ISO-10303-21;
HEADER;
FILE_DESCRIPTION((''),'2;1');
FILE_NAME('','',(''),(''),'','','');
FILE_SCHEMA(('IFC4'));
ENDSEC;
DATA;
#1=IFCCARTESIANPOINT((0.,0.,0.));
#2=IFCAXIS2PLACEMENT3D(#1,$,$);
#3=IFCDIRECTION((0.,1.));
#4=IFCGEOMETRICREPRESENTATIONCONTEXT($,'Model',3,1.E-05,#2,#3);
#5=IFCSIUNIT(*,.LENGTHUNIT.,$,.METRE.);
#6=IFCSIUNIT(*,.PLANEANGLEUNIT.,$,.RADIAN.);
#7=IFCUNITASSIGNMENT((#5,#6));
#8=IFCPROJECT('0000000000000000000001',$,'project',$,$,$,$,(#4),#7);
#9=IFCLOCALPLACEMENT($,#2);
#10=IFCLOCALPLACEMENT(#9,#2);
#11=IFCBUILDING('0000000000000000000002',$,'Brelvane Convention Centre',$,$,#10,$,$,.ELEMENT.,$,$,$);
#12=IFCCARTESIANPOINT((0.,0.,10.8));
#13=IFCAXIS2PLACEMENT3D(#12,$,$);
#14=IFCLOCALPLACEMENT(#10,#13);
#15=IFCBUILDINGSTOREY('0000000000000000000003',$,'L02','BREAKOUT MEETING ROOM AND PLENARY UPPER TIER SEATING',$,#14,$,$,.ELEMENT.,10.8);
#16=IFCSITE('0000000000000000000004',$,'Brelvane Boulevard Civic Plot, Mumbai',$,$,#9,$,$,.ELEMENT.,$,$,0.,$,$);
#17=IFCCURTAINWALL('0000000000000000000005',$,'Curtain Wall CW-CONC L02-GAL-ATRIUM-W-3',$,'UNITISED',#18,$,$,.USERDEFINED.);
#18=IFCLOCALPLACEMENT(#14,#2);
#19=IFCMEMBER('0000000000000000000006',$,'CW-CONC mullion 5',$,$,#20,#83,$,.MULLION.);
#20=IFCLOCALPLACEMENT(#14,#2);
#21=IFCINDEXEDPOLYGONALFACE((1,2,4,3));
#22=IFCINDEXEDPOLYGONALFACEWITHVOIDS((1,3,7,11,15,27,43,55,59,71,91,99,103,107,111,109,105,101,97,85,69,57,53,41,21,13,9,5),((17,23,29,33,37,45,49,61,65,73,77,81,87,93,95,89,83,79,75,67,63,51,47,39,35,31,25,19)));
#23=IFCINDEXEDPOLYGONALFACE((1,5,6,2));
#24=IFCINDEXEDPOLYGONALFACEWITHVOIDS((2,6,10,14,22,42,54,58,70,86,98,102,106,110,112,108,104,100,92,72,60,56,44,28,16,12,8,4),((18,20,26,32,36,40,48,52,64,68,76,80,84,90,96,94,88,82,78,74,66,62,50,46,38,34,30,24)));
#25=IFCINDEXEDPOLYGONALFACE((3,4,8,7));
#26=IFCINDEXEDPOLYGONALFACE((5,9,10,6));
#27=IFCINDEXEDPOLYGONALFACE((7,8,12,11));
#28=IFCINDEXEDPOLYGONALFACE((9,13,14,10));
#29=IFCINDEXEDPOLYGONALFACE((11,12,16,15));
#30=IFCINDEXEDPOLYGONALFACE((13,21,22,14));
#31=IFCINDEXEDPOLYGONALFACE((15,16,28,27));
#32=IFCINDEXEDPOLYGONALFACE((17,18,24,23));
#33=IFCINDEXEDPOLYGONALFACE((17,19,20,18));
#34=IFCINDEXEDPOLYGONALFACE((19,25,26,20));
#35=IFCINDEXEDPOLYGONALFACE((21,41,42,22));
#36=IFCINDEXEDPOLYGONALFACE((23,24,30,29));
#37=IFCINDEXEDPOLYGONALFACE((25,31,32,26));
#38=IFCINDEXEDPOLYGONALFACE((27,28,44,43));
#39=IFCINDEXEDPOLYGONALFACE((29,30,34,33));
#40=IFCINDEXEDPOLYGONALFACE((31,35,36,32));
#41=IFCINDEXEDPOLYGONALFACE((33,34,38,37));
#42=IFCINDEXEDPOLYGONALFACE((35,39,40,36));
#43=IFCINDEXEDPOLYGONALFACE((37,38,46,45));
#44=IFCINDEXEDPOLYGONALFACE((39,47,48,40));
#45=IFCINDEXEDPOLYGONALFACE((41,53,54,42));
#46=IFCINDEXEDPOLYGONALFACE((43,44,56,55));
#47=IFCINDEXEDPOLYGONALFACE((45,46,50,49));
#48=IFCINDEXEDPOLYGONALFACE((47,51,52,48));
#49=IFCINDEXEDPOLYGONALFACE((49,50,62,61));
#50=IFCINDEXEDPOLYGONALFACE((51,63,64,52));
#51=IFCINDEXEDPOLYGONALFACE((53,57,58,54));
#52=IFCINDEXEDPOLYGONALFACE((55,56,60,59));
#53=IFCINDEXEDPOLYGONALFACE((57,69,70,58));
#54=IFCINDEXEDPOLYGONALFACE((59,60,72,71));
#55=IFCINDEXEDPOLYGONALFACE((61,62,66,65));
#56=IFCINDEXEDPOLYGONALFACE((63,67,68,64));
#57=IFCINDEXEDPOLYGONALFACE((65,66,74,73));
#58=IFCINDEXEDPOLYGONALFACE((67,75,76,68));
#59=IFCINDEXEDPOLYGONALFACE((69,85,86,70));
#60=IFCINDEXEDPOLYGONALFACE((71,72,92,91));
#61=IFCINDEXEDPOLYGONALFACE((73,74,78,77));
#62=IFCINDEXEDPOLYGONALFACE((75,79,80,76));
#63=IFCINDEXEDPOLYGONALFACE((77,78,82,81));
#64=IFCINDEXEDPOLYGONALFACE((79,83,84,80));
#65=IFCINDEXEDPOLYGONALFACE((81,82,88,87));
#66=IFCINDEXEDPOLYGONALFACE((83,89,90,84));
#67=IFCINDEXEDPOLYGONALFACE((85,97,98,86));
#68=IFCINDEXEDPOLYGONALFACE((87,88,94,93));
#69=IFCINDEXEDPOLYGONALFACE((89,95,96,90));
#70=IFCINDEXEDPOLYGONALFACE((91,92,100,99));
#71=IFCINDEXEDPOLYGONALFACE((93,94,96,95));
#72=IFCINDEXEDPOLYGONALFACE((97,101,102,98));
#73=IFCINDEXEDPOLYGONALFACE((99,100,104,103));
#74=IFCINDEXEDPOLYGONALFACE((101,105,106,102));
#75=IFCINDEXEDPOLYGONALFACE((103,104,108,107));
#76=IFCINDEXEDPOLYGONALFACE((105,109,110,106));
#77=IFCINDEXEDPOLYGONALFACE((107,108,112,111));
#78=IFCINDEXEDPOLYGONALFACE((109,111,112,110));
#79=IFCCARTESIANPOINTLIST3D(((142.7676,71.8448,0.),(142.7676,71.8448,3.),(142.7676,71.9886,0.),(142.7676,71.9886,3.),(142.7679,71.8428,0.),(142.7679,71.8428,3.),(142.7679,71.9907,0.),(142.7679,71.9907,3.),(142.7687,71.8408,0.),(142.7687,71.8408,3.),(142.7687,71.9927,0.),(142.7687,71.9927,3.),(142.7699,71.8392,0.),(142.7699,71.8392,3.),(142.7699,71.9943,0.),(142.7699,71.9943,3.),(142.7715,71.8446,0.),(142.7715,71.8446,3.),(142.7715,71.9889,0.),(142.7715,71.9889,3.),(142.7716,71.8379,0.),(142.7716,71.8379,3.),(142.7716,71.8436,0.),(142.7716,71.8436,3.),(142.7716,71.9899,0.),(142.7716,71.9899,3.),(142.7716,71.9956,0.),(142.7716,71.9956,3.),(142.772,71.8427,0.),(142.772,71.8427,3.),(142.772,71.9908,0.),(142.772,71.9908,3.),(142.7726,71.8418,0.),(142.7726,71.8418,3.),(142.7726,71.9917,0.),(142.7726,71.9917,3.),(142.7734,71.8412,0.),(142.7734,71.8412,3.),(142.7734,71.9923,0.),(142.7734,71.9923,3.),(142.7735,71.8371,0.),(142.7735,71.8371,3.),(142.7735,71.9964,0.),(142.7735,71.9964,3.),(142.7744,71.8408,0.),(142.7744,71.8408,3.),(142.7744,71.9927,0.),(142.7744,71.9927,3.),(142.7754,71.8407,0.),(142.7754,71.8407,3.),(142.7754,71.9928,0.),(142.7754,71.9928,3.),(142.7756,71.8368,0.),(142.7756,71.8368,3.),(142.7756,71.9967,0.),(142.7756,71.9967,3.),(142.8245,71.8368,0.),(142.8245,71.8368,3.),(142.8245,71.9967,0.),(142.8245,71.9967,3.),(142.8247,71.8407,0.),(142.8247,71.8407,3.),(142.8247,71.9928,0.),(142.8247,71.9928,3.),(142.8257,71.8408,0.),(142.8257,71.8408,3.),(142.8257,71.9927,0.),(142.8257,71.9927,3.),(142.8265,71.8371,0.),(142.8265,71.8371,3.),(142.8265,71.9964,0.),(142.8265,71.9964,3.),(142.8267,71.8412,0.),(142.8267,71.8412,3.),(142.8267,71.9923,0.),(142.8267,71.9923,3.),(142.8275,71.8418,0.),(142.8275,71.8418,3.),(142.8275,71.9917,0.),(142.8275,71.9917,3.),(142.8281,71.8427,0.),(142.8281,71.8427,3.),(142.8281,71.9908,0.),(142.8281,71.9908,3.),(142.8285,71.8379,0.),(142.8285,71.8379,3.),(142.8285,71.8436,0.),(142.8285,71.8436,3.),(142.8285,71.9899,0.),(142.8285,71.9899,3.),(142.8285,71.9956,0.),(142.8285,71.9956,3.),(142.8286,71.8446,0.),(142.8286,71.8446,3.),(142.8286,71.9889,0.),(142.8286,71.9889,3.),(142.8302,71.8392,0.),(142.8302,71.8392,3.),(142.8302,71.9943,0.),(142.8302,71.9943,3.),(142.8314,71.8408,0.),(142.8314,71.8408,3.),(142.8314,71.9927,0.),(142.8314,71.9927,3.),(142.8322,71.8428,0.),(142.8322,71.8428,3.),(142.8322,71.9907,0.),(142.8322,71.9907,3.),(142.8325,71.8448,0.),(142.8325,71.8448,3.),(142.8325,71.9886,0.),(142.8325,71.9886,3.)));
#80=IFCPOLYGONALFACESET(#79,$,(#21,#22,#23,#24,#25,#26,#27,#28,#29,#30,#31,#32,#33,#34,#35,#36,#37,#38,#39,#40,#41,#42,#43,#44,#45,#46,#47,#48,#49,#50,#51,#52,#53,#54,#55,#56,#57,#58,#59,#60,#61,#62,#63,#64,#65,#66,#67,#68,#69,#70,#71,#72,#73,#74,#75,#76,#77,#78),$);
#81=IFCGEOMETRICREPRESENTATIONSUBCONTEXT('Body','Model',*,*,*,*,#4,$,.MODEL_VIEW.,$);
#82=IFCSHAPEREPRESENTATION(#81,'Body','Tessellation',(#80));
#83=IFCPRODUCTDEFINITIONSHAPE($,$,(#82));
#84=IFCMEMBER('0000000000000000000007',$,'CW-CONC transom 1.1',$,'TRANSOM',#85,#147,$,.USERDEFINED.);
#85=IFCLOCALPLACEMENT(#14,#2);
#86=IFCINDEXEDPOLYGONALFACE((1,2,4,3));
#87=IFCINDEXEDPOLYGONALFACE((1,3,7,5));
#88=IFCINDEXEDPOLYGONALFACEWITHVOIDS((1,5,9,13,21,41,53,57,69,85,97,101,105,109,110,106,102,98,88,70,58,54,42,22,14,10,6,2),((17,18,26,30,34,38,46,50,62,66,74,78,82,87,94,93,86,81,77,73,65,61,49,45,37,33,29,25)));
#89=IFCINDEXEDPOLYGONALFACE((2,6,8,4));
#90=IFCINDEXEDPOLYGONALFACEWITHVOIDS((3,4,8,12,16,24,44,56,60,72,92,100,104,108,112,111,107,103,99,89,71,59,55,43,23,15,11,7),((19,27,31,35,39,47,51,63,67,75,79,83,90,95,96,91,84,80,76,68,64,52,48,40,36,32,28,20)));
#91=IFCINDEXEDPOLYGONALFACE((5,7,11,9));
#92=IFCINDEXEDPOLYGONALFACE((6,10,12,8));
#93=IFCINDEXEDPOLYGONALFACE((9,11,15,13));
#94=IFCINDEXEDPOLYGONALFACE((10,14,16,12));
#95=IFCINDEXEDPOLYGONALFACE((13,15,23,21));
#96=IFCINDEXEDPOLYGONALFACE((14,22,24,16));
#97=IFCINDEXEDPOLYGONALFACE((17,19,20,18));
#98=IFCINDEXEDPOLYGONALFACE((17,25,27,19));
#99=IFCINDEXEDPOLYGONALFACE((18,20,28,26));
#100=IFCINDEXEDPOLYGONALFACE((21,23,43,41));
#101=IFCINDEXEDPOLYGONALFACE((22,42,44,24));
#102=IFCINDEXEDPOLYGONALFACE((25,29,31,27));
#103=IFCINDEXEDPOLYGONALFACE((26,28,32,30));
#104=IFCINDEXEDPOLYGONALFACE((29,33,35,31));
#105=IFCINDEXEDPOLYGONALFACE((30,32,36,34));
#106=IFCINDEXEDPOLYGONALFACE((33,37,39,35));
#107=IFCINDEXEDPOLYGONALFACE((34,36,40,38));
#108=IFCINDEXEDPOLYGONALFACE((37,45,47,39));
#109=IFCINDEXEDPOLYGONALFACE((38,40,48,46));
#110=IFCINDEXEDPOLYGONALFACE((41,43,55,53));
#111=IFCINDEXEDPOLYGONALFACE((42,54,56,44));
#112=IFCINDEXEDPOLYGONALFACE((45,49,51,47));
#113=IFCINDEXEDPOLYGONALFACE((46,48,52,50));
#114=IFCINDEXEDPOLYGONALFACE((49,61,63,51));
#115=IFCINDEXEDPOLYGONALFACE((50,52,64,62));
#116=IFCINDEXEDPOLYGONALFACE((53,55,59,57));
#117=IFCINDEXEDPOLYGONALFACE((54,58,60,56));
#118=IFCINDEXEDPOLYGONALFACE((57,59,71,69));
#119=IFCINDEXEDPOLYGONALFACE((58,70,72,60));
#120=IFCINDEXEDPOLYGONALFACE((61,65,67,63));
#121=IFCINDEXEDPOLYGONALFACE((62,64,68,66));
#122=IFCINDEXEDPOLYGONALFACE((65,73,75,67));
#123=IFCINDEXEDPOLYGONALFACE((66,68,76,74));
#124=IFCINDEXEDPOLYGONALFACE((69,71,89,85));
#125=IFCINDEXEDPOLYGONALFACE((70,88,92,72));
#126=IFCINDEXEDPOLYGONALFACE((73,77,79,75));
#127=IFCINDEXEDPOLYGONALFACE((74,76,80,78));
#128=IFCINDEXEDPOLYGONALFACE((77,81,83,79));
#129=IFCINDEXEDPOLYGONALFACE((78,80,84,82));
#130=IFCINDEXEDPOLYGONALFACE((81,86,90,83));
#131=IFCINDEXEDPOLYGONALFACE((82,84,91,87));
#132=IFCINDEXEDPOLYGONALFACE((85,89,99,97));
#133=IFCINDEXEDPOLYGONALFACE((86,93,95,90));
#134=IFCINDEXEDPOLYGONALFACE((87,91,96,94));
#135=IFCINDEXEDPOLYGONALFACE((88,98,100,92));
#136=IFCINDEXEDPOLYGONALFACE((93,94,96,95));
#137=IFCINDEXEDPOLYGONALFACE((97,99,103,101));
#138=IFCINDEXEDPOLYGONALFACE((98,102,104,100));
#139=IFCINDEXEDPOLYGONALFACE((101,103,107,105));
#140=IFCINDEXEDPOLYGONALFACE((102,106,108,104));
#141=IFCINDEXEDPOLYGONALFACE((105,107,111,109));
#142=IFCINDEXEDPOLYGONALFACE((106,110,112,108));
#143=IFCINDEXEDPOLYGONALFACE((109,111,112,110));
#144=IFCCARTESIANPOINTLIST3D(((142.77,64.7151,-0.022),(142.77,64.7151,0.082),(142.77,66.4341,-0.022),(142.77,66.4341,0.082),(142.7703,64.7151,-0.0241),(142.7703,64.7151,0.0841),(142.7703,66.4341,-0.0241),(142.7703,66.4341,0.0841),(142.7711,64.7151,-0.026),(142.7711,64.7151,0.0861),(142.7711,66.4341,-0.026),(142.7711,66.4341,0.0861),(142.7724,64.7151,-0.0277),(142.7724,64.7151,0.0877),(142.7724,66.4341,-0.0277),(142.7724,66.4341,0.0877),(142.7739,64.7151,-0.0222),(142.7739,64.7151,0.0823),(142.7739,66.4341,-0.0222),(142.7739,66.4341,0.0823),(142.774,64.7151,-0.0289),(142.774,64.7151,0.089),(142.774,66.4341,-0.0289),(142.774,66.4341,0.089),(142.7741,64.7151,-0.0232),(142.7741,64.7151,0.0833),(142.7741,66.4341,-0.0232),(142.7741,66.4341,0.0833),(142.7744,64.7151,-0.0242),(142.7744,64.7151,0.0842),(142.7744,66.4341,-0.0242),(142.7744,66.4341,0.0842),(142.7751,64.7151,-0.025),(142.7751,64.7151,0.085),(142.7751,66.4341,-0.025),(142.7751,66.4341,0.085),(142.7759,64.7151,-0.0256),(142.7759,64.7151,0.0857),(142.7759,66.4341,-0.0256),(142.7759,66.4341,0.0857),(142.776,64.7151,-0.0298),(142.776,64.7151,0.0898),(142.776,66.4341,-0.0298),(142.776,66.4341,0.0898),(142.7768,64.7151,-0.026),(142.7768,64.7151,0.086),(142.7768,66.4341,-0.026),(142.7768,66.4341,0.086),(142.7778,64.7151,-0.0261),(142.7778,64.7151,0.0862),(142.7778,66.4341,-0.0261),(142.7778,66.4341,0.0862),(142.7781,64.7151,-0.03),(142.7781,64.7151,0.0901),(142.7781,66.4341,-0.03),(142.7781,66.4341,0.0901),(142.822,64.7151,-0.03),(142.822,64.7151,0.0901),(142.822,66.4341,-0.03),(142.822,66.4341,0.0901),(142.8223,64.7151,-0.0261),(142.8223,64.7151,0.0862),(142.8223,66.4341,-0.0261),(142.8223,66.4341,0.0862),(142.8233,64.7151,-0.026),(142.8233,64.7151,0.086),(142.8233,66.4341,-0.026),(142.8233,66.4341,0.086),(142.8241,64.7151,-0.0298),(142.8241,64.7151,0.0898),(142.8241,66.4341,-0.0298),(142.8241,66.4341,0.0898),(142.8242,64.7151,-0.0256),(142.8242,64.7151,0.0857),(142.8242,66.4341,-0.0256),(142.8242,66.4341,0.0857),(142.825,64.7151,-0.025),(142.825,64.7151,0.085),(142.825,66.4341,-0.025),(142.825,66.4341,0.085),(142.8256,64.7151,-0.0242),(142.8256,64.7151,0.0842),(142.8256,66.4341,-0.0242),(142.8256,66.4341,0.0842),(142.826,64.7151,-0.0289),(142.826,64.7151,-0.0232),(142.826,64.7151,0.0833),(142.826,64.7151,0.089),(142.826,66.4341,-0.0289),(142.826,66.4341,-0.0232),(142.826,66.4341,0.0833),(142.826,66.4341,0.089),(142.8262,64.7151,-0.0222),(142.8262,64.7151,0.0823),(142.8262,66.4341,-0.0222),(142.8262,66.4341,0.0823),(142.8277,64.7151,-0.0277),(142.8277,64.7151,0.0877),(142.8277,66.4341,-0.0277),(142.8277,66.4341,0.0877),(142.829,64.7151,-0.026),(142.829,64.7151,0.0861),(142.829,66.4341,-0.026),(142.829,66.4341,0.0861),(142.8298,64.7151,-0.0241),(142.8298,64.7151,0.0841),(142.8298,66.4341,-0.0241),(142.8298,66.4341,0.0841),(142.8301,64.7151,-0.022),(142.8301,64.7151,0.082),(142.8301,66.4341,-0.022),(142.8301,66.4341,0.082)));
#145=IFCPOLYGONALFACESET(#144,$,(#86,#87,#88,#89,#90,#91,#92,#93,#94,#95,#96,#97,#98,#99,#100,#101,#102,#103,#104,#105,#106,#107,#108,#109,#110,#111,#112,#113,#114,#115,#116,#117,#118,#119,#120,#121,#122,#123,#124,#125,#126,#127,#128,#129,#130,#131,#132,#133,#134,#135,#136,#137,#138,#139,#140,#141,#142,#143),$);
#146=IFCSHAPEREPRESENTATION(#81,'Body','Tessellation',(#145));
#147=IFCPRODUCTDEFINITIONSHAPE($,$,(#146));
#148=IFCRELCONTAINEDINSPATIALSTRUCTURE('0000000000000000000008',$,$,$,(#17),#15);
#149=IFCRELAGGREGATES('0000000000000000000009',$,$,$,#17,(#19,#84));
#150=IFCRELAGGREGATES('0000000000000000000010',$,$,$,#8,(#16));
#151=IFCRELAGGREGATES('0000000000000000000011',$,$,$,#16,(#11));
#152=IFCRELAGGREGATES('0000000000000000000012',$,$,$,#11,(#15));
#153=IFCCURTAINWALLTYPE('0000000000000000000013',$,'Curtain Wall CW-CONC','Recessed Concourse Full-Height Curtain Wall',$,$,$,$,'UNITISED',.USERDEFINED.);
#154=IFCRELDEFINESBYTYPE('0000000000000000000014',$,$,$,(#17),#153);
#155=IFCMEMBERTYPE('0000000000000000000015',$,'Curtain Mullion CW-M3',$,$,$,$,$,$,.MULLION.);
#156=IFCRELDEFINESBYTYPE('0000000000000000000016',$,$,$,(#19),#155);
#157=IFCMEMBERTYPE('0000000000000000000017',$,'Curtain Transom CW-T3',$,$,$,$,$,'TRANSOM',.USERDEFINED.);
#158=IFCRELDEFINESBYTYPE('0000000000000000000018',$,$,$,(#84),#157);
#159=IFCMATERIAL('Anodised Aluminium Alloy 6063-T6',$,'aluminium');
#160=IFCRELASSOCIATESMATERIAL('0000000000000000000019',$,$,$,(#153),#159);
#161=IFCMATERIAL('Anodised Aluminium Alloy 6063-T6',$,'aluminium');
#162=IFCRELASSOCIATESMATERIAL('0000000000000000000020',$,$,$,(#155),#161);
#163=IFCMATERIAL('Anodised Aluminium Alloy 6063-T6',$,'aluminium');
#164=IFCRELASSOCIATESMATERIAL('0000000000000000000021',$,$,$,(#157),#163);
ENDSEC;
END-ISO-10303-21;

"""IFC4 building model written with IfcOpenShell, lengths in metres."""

from ifc_helpers import new_model, si_unit, direction, frame, origin, origin_2d, place, context, subcontext, project, spatial, hollow_rectangle, extrude, material, material_profile, profile_set, type_object, element, aggregate, save


model = new_model("IFC4")

# Units and contexts
model_context = context("Model", 3, precision=1e-05, world=origin(), true_north=direction((0.0, 1.0)))
body_context = subcontext(model_context, "Body", "Model", "MODEL_VIEW")
ifc_project = project(units=[si_unit("LENGTHUNIT", "METRE"), si_unit("PLANEANGLEUNIT", "RADIAN")], contexts=[model_context])

# Site, building, storey
site_placement = place(None, origin())
site = spatial("IfcSite", under=ifc_project, at=site_placement, Name="Brelvane Boulevard Civic Plot, Mumbai", CompositionType="ELEMENT", RefElevation=0.0)
building_placement = place(site_placement, origin())
building = spatial("IfcBuilding", under=site, at=building_placement, Name="Brelvane Convention Centre", CompositionType="ELEMENT")
storey_placement = place(building_placement, frame((0.0, 0.0, 10.8)))
storey = spatial("IfcBuildingStorey", under=building, at=storey_placement, Name="L02", Description="BREAKOUT MEETING ROOM AND PLENARY UPPER TIER SEATING", CompositionType="ELEMENT", Elevation=10.8)

# Curtain wall, members
ifc_material_1 = material(Name="Anodised Aluminium Alloy 6063-T6", Category="aluminium")
curtain_wall_type = type_object("IfcCurtainWallType", Name="Curtain Wall CW-CONC", Description="Recessed Concourse Full-Height Curtain Wall", ElementType="UNITISED", PredefinedType="USERDEFINED", material=ifc_material_1)
curtain_wall_placement = place(storey_placement, origin())
curtain_wall = element("IfcCurtainWall", 1, at=curtain_wall_placement, inside=storey, type_object=curtain_wall_type, Name="Curtain Wall CW-CONC L02-GAL-ATRIUM-W-3", ObjectType="UNITISED", PredefinedType="USERDEFINED")
ifc_material_2 = material(Name="Anodised Aluminium Alloy 6063-T6", Category="aluminium")
ifc_material_profile_1 = material_profile(ifc_material_2, hollow_rectangle(XDim=0.0649, YDim=0.1599, WallThickness=0.0039, InnerFilletRadius=0.0039, OuterFilletRadius=0.0081, at=origin_2d()), Name="ALU-M 160x65x4.0")
ifc_profile_set_1 = profile_set([ifc_material_profile_1], Name="Anodised Aluminium Alloy 6063-T6")
member_type_1 = type_object("IfcMemberType", Name="Curtain Mullion CW-M3", PredefinedType="MULLION", material=ifc_profile_set_1)
member_1_placement = place(storey_placement, frame((142.8, 71.9167, 0.0), z_axis=(0.0, 0.0, 1.0), x_axis=(-1.0, 0.0, 0.0)))
member_1 = element("IfcMember", 2, at=member_1_placement, type_object=member_type_1, Name="CW-CONC mullion 5", PredefinedType="MULLION", context=body_context, shape_type="SweptSolid", body=[
    extrude(hollow_rectangle(XDim=0.0649, YDim=0.1599, WallThickness=0.0039, InnerFilletRadius=0.0039, OuterFilletRadius=0.0081, at=origin_2d()), origin(), (0.0, 0.0, 1.0), 3.0),
])
ifc_material_3 = material(Name="Anodised Aluminium Alloy 6063-T6", Category="aluminium")
ifc_material_profile_2 = material_profile(ifc_material_3, hollow_rectangle(XDim=0.0601, YDim=0.1201, WallThickness=0.0039, InnerFilletRadius=0.0039, OuterFilletRadius=0.0081, at=origin_2d()), Name="ALU-T 120x60x4.0")
ifc_profile_set_2 = profile_set([ifc_material_profile_2], Name="Anodised Aluminium Alloy 6063-T6")
member_type_2 = type_object("IfcMemberType", Name="Curtain Transom CW-T3", ElementType="TRANSOM", PredefinedType="USERDEFINED", material=ifc_profile_set_2)
member_2_placement = place(storey_placement, frame((142.8, 64.7151, 0.03), z_axis=(0.0, 1.0, 0.0), x_axis=(-1.0, 0.0, 0.0)))
member_2 = element("IfcMember", 3, at=member_2_placement, type_object=member_type_2, Name="CW-CONC transom 1.1", ObjectType="TRANSOM", PredefinedType="USERDEFINED", context=body_context, shape_type="SweptSolid", body=[
    extrude(hollow_rectangle(XDim=0.0601, YDim=0.1201, WallThickness=0.0039, InnerFilletRadius=0.0039, OuterFilletRadius=0.0081, at=origin_2d()), origin(), (0.0, 0.0, 1.0), 1.719),
])

aggregate(curtain_wall, [member_1, member_2])

save(model, "model.ifc")
